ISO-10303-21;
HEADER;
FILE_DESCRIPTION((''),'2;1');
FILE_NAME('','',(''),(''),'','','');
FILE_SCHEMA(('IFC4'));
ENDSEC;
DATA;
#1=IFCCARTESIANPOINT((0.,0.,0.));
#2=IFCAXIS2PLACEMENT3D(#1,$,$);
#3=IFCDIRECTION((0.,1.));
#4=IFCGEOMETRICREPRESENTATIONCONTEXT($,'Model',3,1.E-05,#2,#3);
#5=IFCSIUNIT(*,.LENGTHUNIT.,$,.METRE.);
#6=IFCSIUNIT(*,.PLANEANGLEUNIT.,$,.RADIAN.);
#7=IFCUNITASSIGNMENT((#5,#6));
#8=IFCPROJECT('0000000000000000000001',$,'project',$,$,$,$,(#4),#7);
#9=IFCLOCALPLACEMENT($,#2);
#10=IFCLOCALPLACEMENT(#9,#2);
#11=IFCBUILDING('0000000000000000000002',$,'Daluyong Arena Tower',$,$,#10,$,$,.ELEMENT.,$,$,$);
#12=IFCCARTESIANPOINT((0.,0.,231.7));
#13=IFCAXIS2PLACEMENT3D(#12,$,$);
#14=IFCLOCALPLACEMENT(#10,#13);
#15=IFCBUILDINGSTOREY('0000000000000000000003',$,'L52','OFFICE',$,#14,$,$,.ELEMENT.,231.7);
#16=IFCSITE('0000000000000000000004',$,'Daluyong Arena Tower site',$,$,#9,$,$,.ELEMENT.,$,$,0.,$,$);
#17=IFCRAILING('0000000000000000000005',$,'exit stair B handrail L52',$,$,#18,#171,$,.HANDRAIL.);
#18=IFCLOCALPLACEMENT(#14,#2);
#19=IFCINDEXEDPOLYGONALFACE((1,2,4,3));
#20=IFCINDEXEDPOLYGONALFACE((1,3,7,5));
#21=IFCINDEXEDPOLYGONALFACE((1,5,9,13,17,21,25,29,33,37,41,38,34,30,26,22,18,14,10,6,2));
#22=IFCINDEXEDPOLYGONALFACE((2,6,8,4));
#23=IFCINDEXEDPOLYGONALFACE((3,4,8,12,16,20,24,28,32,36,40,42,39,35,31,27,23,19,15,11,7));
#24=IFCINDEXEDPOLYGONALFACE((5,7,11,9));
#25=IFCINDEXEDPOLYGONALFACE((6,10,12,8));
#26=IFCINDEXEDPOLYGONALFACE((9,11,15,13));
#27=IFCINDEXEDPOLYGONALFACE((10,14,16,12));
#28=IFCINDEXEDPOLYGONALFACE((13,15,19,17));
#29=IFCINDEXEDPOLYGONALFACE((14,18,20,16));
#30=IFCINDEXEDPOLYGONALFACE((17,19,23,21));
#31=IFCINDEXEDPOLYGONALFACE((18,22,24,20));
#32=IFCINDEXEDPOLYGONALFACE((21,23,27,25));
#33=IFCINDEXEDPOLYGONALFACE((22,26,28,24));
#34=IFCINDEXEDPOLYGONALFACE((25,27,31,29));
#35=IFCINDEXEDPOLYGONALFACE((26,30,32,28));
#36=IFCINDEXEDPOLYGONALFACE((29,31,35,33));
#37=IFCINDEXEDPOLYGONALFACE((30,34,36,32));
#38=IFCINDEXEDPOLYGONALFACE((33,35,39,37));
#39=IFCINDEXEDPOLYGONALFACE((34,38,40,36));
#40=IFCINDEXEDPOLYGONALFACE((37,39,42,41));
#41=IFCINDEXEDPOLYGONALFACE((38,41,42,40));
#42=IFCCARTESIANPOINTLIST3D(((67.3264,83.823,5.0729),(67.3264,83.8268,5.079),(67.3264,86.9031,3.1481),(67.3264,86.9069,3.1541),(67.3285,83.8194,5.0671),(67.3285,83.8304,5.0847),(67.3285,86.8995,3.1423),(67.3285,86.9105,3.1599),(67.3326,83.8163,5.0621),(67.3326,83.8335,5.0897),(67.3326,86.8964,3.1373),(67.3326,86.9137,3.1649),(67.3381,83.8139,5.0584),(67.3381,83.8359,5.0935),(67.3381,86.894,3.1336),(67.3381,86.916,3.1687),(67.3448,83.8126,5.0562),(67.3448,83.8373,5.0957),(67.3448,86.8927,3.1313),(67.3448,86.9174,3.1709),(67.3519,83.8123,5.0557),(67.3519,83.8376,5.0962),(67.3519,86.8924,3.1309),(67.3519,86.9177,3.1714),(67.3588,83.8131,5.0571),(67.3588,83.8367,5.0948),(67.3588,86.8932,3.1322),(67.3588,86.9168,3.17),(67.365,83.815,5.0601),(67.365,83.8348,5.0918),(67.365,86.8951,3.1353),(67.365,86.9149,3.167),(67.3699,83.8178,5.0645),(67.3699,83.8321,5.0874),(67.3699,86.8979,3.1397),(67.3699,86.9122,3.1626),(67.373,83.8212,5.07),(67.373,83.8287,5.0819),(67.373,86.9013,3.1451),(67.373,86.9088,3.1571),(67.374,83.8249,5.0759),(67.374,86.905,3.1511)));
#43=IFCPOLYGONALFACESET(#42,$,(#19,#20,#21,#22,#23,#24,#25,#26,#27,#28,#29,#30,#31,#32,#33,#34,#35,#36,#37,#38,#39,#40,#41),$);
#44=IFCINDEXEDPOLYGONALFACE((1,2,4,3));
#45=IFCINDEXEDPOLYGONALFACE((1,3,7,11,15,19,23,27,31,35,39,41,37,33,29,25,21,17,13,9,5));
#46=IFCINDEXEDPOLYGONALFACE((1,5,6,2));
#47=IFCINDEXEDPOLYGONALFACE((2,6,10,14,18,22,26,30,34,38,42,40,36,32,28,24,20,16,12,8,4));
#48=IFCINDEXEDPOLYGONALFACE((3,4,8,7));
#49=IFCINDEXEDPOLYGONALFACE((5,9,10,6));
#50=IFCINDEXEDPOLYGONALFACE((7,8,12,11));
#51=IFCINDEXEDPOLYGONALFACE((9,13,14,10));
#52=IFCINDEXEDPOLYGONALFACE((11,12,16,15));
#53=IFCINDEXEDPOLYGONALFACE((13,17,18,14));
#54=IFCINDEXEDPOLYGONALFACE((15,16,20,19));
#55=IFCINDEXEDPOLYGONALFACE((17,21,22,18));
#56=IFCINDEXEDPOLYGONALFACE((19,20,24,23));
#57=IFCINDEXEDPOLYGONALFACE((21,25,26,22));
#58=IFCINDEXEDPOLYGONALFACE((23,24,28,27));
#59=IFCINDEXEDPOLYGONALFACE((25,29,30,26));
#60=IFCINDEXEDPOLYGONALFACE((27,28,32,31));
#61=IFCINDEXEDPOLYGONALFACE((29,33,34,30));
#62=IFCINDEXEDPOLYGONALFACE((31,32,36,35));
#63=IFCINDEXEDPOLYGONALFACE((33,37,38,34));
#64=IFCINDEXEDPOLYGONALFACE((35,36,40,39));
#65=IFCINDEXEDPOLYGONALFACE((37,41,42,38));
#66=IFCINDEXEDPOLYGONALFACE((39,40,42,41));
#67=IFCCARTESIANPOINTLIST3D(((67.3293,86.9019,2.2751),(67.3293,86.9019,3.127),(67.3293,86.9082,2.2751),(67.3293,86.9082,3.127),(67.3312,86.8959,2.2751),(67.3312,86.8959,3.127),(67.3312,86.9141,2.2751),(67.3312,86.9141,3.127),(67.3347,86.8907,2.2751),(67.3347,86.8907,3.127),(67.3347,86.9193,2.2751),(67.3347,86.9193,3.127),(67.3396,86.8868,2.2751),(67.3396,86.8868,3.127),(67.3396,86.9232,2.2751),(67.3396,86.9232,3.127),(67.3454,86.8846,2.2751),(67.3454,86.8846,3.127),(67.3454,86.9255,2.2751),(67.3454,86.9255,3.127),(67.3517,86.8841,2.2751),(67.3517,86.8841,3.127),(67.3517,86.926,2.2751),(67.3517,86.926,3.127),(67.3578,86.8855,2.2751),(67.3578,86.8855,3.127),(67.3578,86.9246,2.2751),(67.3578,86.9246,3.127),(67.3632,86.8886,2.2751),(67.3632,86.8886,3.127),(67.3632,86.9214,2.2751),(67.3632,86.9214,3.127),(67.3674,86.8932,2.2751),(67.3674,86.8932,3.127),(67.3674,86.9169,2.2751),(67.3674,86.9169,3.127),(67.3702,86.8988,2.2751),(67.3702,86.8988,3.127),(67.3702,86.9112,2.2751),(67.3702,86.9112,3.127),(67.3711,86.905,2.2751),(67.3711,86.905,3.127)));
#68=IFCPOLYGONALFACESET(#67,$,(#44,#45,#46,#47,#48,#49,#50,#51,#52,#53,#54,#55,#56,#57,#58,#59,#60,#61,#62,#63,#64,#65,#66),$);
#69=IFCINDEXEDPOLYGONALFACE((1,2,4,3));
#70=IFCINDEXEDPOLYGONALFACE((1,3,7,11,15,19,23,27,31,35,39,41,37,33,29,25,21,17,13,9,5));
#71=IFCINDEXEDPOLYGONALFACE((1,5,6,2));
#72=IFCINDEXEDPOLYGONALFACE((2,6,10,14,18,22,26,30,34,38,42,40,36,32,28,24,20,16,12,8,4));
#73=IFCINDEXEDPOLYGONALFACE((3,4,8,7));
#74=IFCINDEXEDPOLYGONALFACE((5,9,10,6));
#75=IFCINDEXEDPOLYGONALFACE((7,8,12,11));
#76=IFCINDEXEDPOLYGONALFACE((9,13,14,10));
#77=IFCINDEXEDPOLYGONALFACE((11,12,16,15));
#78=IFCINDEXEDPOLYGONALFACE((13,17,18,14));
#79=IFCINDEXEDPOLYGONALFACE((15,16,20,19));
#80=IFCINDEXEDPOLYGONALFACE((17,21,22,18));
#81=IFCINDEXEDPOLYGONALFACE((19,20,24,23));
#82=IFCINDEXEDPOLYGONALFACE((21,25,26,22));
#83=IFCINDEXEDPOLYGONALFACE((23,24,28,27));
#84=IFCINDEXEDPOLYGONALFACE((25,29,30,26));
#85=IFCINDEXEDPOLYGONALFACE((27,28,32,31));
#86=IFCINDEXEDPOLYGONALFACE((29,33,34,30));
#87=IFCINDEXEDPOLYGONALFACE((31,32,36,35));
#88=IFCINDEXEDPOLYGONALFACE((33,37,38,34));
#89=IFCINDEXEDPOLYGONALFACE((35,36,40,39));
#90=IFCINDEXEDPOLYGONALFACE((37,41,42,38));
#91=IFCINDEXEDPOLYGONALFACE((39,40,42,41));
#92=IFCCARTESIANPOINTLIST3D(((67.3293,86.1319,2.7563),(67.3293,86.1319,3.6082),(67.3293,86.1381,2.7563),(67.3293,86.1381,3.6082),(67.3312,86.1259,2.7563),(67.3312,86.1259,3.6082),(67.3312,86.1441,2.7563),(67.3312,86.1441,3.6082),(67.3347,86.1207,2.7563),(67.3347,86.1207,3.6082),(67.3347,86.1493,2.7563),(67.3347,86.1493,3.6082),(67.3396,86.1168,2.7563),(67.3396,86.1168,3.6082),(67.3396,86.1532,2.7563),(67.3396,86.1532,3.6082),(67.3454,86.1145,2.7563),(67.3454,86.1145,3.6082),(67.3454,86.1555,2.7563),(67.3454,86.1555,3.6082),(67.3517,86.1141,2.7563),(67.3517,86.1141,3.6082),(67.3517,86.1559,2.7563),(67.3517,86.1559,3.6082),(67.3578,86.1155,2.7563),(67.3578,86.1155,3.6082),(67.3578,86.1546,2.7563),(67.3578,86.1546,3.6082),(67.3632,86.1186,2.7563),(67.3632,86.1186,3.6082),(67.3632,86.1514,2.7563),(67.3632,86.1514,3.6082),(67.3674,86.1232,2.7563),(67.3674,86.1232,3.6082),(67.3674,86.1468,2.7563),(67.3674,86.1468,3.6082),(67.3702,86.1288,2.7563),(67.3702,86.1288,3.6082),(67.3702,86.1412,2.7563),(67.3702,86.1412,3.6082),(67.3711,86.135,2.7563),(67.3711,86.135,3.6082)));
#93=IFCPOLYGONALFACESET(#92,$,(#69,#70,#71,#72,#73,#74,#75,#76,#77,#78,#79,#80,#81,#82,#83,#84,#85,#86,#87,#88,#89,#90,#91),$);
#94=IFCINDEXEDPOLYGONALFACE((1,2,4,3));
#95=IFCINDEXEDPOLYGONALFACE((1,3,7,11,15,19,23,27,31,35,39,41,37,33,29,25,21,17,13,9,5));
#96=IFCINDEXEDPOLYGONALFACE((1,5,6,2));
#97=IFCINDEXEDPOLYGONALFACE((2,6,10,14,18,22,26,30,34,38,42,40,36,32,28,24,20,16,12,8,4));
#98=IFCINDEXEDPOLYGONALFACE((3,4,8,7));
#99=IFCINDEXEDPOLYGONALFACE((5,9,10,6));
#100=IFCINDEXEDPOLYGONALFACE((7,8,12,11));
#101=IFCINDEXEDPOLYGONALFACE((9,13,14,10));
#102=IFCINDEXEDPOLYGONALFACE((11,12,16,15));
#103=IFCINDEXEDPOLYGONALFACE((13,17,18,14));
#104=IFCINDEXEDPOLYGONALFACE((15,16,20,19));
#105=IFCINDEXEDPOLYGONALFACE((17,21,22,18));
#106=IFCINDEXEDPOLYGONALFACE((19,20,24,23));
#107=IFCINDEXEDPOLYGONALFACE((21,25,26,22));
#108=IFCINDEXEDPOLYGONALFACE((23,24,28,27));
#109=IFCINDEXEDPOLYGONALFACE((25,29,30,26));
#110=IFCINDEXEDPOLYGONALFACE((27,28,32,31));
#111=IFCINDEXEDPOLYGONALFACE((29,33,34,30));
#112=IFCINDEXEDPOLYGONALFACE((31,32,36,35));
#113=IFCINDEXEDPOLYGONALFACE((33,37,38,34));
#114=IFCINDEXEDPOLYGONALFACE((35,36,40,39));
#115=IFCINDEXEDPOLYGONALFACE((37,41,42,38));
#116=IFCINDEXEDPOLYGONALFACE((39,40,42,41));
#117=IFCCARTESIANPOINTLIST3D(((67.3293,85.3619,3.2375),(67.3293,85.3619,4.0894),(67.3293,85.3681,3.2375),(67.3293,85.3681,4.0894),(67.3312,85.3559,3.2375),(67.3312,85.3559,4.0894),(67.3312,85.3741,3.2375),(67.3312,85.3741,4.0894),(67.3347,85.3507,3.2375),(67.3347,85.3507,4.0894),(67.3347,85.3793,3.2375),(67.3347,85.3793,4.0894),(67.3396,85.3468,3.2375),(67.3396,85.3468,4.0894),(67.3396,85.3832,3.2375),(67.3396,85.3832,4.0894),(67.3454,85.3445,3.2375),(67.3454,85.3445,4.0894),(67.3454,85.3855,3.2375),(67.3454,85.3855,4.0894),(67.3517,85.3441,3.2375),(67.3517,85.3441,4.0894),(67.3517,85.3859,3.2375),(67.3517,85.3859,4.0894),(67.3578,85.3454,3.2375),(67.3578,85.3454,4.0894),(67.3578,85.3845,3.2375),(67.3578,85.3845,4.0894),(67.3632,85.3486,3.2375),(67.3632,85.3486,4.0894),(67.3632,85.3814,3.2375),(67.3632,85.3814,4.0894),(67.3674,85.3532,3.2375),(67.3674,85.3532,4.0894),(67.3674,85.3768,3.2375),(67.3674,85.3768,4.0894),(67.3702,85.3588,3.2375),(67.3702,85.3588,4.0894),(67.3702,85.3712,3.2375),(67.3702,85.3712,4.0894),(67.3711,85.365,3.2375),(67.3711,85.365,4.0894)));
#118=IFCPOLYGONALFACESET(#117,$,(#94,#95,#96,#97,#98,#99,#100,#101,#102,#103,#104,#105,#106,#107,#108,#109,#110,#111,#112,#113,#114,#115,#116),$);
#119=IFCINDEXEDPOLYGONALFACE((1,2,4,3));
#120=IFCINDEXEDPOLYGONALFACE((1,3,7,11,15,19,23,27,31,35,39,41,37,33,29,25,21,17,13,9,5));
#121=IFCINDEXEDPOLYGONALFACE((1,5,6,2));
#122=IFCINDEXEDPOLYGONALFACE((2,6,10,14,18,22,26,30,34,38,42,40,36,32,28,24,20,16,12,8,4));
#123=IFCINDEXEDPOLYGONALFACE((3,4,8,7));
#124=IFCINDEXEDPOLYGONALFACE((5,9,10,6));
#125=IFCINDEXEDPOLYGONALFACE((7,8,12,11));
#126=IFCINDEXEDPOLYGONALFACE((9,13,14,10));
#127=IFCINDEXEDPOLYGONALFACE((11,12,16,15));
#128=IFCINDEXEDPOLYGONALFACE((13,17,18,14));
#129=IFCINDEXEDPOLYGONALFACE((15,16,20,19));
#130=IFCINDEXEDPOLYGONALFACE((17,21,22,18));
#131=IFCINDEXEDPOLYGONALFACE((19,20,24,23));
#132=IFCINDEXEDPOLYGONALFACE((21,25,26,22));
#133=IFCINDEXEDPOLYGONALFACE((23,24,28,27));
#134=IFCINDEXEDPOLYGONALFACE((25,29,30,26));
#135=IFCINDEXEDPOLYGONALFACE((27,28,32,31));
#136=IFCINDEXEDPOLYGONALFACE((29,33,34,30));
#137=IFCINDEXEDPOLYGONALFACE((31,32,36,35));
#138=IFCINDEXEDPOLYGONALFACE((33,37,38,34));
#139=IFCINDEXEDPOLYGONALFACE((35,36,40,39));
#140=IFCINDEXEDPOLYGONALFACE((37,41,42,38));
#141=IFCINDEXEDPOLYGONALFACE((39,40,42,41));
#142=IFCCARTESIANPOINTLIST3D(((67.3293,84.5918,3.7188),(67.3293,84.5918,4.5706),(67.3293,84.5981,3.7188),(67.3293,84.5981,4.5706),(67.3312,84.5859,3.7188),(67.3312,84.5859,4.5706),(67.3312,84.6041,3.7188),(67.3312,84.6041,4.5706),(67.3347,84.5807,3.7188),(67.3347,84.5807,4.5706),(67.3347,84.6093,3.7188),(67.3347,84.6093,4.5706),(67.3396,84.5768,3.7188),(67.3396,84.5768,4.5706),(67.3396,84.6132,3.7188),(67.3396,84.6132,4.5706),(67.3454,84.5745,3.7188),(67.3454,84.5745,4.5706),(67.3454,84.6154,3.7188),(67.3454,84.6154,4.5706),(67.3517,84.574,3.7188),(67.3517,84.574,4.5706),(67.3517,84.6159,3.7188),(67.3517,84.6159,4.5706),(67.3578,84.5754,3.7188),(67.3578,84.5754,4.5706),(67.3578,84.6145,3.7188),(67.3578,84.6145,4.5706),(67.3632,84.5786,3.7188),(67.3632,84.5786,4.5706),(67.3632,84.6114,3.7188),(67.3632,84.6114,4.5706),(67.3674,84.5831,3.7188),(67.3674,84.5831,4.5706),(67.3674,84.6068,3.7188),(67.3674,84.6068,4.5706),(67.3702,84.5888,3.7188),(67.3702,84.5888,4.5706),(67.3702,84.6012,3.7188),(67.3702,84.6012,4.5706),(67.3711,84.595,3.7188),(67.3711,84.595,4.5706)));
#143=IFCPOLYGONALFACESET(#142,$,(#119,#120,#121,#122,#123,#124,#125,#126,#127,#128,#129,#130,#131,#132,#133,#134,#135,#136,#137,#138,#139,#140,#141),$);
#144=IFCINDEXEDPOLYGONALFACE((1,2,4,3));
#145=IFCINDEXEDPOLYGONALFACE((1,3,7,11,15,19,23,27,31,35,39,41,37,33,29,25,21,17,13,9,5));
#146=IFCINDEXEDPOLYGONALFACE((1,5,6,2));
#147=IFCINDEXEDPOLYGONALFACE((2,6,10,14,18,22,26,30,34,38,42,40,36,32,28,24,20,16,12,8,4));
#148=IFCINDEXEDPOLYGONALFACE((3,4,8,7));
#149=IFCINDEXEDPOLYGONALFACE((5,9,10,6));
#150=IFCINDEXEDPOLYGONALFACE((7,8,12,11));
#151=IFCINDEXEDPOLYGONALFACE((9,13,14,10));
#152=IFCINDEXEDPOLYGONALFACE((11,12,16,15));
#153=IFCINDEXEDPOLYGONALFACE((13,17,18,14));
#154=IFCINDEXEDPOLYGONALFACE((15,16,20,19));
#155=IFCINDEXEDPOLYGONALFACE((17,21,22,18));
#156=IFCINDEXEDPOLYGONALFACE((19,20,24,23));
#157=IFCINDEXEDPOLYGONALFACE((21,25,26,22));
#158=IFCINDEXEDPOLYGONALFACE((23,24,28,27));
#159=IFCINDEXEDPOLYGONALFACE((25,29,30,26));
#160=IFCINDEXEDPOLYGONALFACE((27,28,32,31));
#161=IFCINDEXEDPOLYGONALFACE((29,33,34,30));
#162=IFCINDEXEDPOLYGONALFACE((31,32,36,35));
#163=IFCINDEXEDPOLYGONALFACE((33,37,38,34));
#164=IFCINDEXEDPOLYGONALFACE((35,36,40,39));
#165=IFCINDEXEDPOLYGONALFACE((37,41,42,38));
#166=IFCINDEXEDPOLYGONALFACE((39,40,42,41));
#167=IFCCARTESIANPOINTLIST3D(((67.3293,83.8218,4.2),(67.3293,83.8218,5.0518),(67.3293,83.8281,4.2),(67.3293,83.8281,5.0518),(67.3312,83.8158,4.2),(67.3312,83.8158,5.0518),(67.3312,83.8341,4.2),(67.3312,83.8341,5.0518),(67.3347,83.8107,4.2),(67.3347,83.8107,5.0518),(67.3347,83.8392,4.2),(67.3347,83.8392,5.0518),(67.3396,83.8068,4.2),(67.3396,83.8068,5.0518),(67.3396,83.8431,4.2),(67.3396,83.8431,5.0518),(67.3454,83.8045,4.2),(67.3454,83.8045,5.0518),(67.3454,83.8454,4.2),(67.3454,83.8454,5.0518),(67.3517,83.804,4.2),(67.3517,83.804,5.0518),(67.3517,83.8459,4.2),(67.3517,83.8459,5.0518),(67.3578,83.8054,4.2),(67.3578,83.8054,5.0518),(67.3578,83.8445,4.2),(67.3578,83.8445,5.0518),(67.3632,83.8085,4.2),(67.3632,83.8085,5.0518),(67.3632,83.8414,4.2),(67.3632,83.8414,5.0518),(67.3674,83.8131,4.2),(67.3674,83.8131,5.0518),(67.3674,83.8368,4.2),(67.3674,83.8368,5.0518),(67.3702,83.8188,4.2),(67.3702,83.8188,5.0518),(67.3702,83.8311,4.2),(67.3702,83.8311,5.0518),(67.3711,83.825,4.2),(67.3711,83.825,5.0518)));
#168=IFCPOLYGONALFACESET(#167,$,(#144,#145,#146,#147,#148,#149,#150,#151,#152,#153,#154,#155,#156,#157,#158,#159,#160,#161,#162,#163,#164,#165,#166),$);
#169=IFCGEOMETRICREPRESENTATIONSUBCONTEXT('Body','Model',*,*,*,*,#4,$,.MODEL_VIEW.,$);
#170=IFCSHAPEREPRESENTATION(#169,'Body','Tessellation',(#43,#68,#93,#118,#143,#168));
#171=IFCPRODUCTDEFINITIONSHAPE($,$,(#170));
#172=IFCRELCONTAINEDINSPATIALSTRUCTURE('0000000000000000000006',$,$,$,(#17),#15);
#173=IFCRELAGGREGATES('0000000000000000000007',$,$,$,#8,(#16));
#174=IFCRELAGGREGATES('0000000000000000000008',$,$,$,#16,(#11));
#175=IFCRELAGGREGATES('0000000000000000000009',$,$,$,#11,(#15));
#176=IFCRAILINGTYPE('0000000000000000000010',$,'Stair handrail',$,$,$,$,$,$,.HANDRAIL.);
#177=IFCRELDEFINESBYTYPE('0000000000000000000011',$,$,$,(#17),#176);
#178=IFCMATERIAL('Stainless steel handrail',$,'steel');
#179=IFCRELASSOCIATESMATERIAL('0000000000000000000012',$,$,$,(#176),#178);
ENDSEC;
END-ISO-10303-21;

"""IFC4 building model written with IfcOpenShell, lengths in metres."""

from ifc_helpers import new_model, si_unit, direction, frame, origin, origin_2d, place, context, subcontext, project, spatial, circle, extrude, material, type_object, element, save


model = new_model("IFC4")

# Units and contexts
model_context = context("Model", 3, precision=1e-05, world=origin(), true_north=direction((0.0, 1.0)))
body_context = subcontext(model_context, "Body", "Model", "MODEL_VIEW")
ifc_project = project(units=[si_unit("LENGTHUNIT", "METRE"), si_unit("PLANEANGLEUNIT", "RADIAN")], contexts=[model_context])

# Site, building, storey
site_placement = place(None, origin())
site = spatial("IfcSite", under=ifc_project, at=site_placement, Name="Daluyong Arena Tower site", CompositionType="ELEMENT", RefElevation=0.0)
building_placement = place(site_placement, origin())
building = spatial("IfcBuilding", under=site, at=building_placement, Name="Daluyong Arena Tower", CompositionType="ELEMENT")
storey_placement = place(building_placement, frame((0.0, 0.0, 231.7)))
storey = spatial("IfcBuildingStorey", under=building, at=storey_placement, Name="L52", Description="OFFICE", CompositionType="ELEMENT", Elevation=231.7)

# Railing
ifc_material_1 = material(Name="Stainless steel handrail", Category="steel")
railing_type_1 = type_object("IfcRailingType", Name="Stair handrail", PredefinedType="HANDRAIL", material=ifc_material_1)
railing_1_placement = place(storey_placement, frame((67.3501, 86.905, 2.2751)))
element("IfcRailing", 1, at=railing_1_placement, inside=storey, type_object=railing_type_1, Name="exit stair B handrail L52", PredefinedType="HANDRAIL", context=body_context, shape_type="SweptSolid", body=[
    extrude(circle(Radius=0.0239, at=origin_2d()), frame((0.0, 0.0, 0.876), z_axis=(0.0, -0.848029, 0.529951), x_axis=(1.0, 0.0, 0.0)), (0.0, 0.0, 1.0), 3.6321),
    extrude(circle(Radius=0.021, at=origin_2d()), origin(), (0.0, 0.0, 1.0), 0.8518),
    extrude(circle(Radius=0.021, at=origin_2d()), frame((0.0, -0.77, 0.4812)), (0.0, 0.0, 1.0), 0.8518),
    extrude(circle(Radius=0.021, at=origin_2d()), frame((0.0, -1.54, 0.9624)), (0.0, 0.0, 1.0), 0.8518),
    extrude(circle(Radius=0.021, at=origin_2d()), frame((0.0, -2.3101, 1.4436)), (0.0, 0.0, 1.0), 0.8518),
    extrude(circle(Radius=0.021, at=origin_2d()), frame((0.0, -3.0801, 1.9248)), (0.0, 0.0, 1.0), 0.8518),
])

save(model, "model.ifc")
